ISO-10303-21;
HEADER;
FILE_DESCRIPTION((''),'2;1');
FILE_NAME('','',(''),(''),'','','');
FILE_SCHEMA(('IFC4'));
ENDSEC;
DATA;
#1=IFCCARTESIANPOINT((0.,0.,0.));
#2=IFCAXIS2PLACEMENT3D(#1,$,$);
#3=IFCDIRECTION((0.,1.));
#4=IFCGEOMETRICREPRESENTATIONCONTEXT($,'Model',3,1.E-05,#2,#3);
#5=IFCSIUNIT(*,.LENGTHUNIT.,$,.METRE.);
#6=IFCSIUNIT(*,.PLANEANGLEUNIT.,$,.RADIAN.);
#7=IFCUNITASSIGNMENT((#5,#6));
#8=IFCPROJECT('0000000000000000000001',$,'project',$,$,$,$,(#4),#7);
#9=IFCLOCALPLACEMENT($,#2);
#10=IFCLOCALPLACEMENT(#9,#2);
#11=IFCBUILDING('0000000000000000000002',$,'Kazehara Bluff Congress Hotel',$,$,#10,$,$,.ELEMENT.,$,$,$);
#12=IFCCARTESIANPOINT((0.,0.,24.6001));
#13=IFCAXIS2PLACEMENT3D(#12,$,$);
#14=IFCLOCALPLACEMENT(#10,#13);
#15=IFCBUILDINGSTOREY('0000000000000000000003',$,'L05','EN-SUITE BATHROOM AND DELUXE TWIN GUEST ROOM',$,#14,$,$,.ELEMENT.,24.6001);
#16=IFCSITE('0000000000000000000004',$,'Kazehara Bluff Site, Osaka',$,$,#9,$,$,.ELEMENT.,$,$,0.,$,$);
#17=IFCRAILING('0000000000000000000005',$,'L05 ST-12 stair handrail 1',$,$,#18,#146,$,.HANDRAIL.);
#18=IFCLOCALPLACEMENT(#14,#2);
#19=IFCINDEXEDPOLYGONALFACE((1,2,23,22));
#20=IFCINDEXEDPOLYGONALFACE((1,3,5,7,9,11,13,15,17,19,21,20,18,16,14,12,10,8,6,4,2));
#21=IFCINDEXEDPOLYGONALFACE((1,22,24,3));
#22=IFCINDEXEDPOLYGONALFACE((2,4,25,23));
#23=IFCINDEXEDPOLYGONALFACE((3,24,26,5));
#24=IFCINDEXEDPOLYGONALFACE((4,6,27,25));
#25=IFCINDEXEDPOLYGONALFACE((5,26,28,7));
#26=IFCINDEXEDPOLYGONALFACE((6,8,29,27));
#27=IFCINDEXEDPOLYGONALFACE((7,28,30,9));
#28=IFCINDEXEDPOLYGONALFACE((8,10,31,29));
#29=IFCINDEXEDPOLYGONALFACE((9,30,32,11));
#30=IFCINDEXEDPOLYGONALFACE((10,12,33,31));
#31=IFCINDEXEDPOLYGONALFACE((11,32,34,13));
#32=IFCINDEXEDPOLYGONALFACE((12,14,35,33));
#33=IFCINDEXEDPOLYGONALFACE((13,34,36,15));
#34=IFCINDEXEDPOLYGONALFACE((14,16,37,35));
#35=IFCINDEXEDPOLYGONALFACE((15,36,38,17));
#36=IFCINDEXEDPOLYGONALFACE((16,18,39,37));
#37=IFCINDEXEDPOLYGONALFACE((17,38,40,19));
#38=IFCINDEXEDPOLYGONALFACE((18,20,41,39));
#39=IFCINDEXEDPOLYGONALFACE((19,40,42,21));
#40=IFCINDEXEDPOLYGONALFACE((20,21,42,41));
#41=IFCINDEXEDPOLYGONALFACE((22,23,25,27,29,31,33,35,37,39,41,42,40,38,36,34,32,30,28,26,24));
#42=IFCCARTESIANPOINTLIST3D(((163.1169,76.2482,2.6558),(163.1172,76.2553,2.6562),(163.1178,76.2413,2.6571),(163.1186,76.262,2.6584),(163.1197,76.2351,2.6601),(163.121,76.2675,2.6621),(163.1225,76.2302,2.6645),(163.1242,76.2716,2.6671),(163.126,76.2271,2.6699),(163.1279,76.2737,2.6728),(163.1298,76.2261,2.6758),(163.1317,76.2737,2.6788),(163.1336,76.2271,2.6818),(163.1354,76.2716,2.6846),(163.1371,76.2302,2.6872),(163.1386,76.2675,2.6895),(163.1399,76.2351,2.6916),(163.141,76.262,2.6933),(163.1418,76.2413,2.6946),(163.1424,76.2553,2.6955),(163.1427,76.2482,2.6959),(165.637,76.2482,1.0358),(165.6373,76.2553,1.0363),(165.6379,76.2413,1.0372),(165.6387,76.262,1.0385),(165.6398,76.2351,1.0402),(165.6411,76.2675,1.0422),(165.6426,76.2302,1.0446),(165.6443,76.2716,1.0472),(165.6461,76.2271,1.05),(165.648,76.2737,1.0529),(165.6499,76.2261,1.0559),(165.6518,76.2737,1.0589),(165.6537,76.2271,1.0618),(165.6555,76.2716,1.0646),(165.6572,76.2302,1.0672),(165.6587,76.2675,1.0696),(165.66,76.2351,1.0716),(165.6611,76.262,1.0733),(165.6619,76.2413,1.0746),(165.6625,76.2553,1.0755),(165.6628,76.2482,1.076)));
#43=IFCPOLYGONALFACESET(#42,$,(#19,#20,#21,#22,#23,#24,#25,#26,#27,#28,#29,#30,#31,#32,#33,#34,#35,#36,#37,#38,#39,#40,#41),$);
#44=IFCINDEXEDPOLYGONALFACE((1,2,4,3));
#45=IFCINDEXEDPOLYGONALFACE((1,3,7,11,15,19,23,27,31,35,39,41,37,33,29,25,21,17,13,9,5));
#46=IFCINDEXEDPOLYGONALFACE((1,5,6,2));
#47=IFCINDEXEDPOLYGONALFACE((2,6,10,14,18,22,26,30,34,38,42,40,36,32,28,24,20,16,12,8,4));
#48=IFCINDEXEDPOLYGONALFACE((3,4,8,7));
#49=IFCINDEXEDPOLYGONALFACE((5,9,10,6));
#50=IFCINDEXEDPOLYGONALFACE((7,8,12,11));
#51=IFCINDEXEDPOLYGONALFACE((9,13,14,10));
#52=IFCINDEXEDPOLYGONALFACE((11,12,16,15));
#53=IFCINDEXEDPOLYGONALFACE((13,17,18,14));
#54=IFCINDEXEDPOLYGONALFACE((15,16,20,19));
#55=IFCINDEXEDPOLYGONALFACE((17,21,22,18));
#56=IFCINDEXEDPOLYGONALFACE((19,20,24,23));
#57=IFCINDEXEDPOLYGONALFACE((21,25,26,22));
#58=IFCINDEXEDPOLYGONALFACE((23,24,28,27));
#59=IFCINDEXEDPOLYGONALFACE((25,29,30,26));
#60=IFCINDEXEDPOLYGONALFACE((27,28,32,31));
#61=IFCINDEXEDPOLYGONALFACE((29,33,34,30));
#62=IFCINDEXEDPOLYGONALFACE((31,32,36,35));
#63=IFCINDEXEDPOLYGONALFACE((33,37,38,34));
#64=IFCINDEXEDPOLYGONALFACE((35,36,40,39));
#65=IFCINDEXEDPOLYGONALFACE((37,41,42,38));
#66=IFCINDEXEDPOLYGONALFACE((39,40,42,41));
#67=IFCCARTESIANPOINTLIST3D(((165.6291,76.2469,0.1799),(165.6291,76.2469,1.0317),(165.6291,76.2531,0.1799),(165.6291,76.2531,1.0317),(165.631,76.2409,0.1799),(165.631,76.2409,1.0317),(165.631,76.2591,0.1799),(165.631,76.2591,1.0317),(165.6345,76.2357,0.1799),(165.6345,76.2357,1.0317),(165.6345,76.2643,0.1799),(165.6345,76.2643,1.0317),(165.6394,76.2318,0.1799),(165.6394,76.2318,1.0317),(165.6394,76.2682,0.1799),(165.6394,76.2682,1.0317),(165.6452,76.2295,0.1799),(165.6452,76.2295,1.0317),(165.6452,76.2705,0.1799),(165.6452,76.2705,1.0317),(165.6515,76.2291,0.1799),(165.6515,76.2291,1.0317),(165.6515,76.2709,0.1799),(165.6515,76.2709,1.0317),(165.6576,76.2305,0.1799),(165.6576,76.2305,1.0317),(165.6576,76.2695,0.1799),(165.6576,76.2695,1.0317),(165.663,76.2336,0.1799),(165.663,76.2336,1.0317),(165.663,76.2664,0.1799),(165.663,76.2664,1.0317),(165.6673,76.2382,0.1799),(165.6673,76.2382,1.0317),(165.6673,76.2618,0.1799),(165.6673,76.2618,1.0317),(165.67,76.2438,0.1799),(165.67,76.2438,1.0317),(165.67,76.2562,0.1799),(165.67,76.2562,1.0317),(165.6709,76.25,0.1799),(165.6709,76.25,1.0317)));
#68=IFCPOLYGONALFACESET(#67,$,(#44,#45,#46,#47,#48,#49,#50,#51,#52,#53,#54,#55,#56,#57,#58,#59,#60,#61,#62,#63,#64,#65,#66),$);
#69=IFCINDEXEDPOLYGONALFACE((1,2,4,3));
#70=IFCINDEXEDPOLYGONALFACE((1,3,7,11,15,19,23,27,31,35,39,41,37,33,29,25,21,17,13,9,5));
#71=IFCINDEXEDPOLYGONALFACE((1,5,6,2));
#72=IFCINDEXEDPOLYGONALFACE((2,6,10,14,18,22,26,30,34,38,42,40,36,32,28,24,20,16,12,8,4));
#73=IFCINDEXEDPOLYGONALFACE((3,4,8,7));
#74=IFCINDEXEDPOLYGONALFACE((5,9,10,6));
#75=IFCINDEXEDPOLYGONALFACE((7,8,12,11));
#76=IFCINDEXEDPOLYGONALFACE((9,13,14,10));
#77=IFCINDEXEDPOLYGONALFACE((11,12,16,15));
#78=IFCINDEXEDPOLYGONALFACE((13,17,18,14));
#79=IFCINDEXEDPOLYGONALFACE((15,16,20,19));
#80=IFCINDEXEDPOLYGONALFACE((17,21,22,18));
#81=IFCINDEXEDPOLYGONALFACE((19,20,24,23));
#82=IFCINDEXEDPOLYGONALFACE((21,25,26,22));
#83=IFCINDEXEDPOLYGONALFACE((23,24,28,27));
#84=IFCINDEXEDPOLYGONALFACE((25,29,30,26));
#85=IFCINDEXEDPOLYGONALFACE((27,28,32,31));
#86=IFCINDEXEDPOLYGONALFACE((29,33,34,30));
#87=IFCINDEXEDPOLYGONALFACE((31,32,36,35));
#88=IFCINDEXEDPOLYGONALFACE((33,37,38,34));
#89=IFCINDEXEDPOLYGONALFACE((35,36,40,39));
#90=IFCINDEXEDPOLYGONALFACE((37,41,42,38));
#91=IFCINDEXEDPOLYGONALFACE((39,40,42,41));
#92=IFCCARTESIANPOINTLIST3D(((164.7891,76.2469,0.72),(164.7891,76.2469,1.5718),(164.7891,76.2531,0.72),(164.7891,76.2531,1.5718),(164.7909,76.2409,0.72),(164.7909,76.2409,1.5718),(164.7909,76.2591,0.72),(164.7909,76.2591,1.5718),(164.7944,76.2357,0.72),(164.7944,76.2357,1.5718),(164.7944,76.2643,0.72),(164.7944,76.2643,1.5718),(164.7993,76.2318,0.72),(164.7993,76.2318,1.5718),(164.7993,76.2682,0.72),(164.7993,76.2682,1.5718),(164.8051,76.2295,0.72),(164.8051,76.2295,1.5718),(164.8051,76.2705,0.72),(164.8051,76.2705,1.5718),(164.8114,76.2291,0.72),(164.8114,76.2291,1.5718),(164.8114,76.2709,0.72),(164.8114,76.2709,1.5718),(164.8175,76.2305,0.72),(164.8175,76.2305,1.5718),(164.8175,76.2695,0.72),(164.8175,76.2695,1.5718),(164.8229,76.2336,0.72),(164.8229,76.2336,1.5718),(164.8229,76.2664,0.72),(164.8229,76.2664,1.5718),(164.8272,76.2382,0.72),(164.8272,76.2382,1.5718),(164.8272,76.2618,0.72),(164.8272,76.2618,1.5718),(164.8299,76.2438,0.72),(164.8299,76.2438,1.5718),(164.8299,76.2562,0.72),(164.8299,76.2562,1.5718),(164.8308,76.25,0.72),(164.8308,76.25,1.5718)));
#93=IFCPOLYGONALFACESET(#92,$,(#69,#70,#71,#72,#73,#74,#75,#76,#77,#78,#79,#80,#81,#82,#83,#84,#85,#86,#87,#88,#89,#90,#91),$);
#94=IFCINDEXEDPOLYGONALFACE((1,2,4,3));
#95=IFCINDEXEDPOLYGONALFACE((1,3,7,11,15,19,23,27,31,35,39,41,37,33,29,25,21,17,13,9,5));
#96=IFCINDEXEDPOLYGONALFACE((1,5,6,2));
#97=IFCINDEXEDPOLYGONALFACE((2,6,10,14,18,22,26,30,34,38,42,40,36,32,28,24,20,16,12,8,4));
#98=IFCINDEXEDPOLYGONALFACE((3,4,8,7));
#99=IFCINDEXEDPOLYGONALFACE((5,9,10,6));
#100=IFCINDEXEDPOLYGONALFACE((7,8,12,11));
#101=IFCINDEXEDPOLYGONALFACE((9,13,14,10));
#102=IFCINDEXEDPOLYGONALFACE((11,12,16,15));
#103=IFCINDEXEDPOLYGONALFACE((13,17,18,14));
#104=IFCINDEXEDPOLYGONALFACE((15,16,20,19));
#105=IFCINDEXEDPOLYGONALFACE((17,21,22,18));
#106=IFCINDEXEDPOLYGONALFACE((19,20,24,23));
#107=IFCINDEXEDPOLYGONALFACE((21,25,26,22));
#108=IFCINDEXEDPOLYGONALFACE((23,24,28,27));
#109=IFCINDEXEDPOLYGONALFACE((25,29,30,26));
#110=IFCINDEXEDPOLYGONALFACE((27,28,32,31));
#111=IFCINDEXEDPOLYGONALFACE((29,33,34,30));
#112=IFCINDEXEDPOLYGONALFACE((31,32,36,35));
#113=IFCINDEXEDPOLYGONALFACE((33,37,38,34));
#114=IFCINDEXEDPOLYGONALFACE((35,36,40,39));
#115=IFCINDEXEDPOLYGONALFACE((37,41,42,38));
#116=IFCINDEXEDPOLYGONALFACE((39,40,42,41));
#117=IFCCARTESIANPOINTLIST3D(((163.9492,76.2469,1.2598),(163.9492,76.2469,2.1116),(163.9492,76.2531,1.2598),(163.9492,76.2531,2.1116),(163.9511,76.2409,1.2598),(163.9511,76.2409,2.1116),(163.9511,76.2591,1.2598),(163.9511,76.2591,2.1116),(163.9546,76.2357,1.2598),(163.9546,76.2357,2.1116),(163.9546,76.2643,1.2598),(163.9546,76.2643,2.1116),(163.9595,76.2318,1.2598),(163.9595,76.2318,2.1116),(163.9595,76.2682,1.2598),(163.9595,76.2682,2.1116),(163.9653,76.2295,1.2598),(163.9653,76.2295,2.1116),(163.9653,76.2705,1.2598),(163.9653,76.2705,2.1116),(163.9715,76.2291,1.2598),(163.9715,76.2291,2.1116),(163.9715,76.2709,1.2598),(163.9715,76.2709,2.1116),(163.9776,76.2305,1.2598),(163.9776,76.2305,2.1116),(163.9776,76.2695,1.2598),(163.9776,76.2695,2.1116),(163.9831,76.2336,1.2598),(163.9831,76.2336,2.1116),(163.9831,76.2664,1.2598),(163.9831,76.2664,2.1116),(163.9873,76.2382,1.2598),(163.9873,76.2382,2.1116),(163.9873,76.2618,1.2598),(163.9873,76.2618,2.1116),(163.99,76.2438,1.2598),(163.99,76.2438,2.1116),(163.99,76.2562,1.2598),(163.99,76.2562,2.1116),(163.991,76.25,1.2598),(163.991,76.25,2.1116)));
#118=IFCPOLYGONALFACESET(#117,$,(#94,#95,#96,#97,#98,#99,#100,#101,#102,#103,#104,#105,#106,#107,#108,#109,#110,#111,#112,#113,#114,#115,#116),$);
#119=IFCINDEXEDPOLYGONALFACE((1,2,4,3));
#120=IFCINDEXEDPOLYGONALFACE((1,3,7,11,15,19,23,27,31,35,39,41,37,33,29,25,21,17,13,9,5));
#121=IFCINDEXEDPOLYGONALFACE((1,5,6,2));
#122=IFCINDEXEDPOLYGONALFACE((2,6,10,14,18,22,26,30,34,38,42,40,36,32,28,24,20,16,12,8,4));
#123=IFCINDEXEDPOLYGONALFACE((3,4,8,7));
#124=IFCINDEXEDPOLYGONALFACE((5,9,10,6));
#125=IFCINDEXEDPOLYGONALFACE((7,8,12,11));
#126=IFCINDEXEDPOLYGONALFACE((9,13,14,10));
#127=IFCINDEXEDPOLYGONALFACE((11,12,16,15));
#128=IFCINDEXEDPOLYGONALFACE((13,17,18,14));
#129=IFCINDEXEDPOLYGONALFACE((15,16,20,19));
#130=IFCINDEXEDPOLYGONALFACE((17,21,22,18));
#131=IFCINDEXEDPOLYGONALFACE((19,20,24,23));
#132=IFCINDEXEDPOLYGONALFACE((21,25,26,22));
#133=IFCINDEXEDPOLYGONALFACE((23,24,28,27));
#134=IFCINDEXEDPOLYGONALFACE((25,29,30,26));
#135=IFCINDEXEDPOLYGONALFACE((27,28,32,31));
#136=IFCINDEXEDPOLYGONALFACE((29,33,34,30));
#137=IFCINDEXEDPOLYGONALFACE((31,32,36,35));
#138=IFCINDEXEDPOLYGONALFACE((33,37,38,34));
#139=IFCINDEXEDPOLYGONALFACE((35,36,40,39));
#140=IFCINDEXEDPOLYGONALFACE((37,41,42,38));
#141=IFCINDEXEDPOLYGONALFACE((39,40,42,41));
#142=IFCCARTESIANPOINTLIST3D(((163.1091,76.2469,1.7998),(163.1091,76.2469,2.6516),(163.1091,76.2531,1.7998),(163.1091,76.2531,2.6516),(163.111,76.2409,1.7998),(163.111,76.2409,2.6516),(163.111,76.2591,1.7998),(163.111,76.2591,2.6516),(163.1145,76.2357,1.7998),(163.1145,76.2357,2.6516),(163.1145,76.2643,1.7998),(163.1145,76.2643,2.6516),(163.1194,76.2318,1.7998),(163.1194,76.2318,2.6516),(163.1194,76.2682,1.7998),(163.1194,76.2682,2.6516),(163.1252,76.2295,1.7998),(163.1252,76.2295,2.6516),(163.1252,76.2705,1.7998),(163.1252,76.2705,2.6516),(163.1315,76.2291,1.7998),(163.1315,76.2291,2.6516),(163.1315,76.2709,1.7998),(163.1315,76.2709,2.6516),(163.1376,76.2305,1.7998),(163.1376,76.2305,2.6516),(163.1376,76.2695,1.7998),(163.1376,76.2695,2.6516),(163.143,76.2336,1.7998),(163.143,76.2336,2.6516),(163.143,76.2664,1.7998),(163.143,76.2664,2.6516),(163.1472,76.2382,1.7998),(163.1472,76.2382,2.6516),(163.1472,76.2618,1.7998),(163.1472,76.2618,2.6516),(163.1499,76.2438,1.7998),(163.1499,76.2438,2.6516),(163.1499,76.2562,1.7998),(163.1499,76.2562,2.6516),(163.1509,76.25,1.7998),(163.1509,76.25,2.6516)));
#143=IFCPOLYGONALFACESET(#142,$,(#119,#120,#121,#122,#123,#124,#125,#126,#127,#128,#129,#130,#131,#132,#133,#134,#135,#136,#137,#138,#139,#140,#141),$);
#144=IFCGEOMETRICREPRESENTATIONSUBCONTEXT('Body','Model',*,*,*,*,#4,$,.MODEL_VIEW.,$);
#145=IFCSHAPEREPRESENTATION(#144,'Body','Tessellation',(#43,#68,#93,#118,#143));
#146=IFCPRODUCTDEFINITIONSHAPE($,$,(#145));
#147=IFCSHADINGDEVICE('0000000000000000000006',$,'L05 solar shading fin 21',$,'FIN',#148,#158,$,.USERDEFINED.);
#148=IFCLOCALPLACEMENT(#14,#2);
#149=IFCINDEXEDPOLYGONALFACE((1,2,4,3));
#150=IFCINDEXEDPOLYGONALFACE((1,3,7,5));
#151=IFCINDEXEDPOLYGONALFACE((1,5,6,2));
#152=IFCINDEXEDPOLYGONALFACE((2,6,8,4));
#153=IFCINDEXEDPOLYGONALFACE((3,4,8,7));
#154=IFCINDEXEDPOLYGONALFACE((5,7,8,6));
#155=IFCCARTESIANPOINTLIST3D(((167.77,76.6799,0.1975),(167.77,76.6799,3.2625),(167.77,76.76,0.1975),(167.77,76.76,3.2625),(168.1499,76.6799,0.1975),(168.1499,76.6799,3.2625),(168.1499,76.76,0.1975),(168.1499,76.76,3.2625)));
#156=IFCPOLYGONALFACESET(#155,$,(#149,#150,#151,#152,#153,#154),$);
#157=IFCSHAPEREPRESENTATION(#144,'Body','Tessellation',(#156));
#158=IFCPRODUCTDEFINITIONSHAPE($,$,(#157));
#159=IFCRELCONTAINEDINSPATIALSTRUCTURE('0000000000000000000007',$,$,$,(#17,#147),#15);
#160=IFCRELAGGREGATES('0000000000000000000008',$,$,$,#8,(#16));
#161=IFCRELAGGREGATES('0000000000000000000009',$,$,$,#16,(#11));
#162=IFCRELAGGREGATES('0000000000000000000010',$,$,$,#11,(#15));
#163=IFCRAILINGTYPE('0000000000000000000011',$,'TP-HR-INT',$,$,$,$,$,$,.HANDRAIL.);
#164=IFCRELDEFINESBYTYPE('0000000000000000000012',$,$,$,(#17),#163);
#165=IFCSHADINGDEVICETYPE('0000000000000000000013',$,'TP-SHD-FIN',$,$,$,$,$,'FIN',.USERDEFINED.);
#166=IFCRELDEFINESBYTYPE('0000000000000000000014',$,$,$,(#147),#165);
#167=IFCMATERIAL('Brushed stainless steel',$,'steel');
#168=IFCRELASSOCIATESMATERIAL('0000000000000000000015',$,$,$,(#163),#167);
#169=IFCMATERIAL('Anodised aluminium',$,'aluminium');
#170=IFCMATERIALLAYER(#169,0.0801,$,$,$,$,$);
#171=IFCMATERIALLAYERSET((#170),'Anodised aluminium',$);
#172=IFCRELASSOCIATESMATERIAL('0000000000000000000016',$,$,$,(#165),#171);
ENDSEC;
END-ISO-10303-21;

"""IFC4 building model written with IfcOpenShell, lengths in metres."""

from ifc_helpers import new_model, si_unit, direction, frame, origin, origin_2d, place, context, subcontext, project, spatial, rectangle, circle, extrude, material, layer, layer_set, type_object, element, save


model = new_model("IFC4")

# Units and contexts
model_context = context("Model", 3, precision=1e-05, world=origin(), true_north=direction((0.0, 1.0)))
body_context = subcontext(model_context, "Body", "Model", "MODEL_VIEW")
ifc_project = project(units=[si_unit("LENGTHUNIT", "METRE"), si_unit("PLANEANGLEUNIT", "RADIAN")], contexts=[model_context])

# Site, building, storey
site_placement = place(None, origin())
site = spatial("IfcSite", under=ifc_project, at=site_placement, Name="Kazehara Bluff Site, Osaka", CompositionType="ELEMENT", RefElevation=0.0)
building_placement = place(site_placement, origin())
building = spatial("IfcBuilding", under=site, at=building_placement, Name="Kazehara Bluff Congress Hotel", CompositionType="ELEMENT")
storey_placement = place(building_placement, frame((0.0, 0.0, 24.6001)))
storey = spatial("IfcBuildingStorey", under=building, at=storey_placement, Name="L05", Description="EN-SUITE BATHROOM AND DELUXE TWIN GUEST ROOM", CompositionType="ELEMENT", Elevation=24.6001)

# Railing
ifc_material_1 = material(Name="Brushed stainless steel", Category="steel")
railing_type_1 = type_object("IfcRailingType", Name="TP-HR-INT", PredefinedType="HANDRAIL", material=ifc_material_1)
railing_1_placement = place(storey_placement, frame((165.6499, 76.25, 0.1799)))
element("IfcRailing", 1, at=railing_1_placement, inside=storey, type_object=railing_type_1, Name="L05 ST-12 stair handrail 1", PredefinedType="HANDRAIL", context=body_context, shape_type="SweptSolid", body=[
    extrude(circle(Radius=0.0239, at=origin_2d()), frame((0.0, 0.0, 0.876), z_axis=(-0.8412, 0.0, 0.540725), x_axis=(0.0, -1.0, 0.0)), (0.0, 0.0, 1.0), 2.9958),
    extrude(circle(Radius=0.021, at=origin_2d()), origin(), (0.0, 0.0, 1.0), 0.8518),
    extrude(circle(Radius=0.021, at=origin_2d()), frame((-0.8401, 0.0, 0.54)), (0.0, 0.0, 1.0), 0.8518),
    extrude(circle(Radius=0.021, at=origin_2d()), frame((-1.6799, 0.0, 1.0798)), (0.0, 0.0, 1.0), 0.8518),
    extrude(circle(Radius=0.021, at=origin_2d()), frame((-2.52, 0.0, 1.6199)), (0.0, 0.0, 1.0), 0.8518),
])

# Shading device
ifc_material_2 = material(Name="Anodised aluminium", Category="aluminium")
ifc_layer_1 = layer(ifc_material_2, 0.0801)
ifc_layer_set_1 = layer_set([ifc_layer_1], Name="Anodised aluminium")
shading_device_type = type_object("IfcShadingDeviceType", Name="TP-SHD-FIN", ElementType="FIN", PredefinedType="USERDEFINED", material=ifc_layer_set_1)
shading_device_placement = place(storey_placement, frame((167.96, 76.72, 0.1975), z_axis=(0.0, 0.0, 1.0), x_axis=(1.0, 0.0, 0.0)))
element("IfcShadingDevice", 2, at=shading_device_placement, inside=storey, type_object=shading_device_type, Name="L05 solar shading fin 21", ObjectType="FIN", PredefinedType="USERDEFINED", context=body_context, shape_type="SweptSolid", body=[
    extrude(rectangle(XDim=0.3799, YDim=0.0801, at=origin_2d()), origin(), (0.0, 0.0, 1.0), 3.0649),
])

save(model, "model.ifc")
